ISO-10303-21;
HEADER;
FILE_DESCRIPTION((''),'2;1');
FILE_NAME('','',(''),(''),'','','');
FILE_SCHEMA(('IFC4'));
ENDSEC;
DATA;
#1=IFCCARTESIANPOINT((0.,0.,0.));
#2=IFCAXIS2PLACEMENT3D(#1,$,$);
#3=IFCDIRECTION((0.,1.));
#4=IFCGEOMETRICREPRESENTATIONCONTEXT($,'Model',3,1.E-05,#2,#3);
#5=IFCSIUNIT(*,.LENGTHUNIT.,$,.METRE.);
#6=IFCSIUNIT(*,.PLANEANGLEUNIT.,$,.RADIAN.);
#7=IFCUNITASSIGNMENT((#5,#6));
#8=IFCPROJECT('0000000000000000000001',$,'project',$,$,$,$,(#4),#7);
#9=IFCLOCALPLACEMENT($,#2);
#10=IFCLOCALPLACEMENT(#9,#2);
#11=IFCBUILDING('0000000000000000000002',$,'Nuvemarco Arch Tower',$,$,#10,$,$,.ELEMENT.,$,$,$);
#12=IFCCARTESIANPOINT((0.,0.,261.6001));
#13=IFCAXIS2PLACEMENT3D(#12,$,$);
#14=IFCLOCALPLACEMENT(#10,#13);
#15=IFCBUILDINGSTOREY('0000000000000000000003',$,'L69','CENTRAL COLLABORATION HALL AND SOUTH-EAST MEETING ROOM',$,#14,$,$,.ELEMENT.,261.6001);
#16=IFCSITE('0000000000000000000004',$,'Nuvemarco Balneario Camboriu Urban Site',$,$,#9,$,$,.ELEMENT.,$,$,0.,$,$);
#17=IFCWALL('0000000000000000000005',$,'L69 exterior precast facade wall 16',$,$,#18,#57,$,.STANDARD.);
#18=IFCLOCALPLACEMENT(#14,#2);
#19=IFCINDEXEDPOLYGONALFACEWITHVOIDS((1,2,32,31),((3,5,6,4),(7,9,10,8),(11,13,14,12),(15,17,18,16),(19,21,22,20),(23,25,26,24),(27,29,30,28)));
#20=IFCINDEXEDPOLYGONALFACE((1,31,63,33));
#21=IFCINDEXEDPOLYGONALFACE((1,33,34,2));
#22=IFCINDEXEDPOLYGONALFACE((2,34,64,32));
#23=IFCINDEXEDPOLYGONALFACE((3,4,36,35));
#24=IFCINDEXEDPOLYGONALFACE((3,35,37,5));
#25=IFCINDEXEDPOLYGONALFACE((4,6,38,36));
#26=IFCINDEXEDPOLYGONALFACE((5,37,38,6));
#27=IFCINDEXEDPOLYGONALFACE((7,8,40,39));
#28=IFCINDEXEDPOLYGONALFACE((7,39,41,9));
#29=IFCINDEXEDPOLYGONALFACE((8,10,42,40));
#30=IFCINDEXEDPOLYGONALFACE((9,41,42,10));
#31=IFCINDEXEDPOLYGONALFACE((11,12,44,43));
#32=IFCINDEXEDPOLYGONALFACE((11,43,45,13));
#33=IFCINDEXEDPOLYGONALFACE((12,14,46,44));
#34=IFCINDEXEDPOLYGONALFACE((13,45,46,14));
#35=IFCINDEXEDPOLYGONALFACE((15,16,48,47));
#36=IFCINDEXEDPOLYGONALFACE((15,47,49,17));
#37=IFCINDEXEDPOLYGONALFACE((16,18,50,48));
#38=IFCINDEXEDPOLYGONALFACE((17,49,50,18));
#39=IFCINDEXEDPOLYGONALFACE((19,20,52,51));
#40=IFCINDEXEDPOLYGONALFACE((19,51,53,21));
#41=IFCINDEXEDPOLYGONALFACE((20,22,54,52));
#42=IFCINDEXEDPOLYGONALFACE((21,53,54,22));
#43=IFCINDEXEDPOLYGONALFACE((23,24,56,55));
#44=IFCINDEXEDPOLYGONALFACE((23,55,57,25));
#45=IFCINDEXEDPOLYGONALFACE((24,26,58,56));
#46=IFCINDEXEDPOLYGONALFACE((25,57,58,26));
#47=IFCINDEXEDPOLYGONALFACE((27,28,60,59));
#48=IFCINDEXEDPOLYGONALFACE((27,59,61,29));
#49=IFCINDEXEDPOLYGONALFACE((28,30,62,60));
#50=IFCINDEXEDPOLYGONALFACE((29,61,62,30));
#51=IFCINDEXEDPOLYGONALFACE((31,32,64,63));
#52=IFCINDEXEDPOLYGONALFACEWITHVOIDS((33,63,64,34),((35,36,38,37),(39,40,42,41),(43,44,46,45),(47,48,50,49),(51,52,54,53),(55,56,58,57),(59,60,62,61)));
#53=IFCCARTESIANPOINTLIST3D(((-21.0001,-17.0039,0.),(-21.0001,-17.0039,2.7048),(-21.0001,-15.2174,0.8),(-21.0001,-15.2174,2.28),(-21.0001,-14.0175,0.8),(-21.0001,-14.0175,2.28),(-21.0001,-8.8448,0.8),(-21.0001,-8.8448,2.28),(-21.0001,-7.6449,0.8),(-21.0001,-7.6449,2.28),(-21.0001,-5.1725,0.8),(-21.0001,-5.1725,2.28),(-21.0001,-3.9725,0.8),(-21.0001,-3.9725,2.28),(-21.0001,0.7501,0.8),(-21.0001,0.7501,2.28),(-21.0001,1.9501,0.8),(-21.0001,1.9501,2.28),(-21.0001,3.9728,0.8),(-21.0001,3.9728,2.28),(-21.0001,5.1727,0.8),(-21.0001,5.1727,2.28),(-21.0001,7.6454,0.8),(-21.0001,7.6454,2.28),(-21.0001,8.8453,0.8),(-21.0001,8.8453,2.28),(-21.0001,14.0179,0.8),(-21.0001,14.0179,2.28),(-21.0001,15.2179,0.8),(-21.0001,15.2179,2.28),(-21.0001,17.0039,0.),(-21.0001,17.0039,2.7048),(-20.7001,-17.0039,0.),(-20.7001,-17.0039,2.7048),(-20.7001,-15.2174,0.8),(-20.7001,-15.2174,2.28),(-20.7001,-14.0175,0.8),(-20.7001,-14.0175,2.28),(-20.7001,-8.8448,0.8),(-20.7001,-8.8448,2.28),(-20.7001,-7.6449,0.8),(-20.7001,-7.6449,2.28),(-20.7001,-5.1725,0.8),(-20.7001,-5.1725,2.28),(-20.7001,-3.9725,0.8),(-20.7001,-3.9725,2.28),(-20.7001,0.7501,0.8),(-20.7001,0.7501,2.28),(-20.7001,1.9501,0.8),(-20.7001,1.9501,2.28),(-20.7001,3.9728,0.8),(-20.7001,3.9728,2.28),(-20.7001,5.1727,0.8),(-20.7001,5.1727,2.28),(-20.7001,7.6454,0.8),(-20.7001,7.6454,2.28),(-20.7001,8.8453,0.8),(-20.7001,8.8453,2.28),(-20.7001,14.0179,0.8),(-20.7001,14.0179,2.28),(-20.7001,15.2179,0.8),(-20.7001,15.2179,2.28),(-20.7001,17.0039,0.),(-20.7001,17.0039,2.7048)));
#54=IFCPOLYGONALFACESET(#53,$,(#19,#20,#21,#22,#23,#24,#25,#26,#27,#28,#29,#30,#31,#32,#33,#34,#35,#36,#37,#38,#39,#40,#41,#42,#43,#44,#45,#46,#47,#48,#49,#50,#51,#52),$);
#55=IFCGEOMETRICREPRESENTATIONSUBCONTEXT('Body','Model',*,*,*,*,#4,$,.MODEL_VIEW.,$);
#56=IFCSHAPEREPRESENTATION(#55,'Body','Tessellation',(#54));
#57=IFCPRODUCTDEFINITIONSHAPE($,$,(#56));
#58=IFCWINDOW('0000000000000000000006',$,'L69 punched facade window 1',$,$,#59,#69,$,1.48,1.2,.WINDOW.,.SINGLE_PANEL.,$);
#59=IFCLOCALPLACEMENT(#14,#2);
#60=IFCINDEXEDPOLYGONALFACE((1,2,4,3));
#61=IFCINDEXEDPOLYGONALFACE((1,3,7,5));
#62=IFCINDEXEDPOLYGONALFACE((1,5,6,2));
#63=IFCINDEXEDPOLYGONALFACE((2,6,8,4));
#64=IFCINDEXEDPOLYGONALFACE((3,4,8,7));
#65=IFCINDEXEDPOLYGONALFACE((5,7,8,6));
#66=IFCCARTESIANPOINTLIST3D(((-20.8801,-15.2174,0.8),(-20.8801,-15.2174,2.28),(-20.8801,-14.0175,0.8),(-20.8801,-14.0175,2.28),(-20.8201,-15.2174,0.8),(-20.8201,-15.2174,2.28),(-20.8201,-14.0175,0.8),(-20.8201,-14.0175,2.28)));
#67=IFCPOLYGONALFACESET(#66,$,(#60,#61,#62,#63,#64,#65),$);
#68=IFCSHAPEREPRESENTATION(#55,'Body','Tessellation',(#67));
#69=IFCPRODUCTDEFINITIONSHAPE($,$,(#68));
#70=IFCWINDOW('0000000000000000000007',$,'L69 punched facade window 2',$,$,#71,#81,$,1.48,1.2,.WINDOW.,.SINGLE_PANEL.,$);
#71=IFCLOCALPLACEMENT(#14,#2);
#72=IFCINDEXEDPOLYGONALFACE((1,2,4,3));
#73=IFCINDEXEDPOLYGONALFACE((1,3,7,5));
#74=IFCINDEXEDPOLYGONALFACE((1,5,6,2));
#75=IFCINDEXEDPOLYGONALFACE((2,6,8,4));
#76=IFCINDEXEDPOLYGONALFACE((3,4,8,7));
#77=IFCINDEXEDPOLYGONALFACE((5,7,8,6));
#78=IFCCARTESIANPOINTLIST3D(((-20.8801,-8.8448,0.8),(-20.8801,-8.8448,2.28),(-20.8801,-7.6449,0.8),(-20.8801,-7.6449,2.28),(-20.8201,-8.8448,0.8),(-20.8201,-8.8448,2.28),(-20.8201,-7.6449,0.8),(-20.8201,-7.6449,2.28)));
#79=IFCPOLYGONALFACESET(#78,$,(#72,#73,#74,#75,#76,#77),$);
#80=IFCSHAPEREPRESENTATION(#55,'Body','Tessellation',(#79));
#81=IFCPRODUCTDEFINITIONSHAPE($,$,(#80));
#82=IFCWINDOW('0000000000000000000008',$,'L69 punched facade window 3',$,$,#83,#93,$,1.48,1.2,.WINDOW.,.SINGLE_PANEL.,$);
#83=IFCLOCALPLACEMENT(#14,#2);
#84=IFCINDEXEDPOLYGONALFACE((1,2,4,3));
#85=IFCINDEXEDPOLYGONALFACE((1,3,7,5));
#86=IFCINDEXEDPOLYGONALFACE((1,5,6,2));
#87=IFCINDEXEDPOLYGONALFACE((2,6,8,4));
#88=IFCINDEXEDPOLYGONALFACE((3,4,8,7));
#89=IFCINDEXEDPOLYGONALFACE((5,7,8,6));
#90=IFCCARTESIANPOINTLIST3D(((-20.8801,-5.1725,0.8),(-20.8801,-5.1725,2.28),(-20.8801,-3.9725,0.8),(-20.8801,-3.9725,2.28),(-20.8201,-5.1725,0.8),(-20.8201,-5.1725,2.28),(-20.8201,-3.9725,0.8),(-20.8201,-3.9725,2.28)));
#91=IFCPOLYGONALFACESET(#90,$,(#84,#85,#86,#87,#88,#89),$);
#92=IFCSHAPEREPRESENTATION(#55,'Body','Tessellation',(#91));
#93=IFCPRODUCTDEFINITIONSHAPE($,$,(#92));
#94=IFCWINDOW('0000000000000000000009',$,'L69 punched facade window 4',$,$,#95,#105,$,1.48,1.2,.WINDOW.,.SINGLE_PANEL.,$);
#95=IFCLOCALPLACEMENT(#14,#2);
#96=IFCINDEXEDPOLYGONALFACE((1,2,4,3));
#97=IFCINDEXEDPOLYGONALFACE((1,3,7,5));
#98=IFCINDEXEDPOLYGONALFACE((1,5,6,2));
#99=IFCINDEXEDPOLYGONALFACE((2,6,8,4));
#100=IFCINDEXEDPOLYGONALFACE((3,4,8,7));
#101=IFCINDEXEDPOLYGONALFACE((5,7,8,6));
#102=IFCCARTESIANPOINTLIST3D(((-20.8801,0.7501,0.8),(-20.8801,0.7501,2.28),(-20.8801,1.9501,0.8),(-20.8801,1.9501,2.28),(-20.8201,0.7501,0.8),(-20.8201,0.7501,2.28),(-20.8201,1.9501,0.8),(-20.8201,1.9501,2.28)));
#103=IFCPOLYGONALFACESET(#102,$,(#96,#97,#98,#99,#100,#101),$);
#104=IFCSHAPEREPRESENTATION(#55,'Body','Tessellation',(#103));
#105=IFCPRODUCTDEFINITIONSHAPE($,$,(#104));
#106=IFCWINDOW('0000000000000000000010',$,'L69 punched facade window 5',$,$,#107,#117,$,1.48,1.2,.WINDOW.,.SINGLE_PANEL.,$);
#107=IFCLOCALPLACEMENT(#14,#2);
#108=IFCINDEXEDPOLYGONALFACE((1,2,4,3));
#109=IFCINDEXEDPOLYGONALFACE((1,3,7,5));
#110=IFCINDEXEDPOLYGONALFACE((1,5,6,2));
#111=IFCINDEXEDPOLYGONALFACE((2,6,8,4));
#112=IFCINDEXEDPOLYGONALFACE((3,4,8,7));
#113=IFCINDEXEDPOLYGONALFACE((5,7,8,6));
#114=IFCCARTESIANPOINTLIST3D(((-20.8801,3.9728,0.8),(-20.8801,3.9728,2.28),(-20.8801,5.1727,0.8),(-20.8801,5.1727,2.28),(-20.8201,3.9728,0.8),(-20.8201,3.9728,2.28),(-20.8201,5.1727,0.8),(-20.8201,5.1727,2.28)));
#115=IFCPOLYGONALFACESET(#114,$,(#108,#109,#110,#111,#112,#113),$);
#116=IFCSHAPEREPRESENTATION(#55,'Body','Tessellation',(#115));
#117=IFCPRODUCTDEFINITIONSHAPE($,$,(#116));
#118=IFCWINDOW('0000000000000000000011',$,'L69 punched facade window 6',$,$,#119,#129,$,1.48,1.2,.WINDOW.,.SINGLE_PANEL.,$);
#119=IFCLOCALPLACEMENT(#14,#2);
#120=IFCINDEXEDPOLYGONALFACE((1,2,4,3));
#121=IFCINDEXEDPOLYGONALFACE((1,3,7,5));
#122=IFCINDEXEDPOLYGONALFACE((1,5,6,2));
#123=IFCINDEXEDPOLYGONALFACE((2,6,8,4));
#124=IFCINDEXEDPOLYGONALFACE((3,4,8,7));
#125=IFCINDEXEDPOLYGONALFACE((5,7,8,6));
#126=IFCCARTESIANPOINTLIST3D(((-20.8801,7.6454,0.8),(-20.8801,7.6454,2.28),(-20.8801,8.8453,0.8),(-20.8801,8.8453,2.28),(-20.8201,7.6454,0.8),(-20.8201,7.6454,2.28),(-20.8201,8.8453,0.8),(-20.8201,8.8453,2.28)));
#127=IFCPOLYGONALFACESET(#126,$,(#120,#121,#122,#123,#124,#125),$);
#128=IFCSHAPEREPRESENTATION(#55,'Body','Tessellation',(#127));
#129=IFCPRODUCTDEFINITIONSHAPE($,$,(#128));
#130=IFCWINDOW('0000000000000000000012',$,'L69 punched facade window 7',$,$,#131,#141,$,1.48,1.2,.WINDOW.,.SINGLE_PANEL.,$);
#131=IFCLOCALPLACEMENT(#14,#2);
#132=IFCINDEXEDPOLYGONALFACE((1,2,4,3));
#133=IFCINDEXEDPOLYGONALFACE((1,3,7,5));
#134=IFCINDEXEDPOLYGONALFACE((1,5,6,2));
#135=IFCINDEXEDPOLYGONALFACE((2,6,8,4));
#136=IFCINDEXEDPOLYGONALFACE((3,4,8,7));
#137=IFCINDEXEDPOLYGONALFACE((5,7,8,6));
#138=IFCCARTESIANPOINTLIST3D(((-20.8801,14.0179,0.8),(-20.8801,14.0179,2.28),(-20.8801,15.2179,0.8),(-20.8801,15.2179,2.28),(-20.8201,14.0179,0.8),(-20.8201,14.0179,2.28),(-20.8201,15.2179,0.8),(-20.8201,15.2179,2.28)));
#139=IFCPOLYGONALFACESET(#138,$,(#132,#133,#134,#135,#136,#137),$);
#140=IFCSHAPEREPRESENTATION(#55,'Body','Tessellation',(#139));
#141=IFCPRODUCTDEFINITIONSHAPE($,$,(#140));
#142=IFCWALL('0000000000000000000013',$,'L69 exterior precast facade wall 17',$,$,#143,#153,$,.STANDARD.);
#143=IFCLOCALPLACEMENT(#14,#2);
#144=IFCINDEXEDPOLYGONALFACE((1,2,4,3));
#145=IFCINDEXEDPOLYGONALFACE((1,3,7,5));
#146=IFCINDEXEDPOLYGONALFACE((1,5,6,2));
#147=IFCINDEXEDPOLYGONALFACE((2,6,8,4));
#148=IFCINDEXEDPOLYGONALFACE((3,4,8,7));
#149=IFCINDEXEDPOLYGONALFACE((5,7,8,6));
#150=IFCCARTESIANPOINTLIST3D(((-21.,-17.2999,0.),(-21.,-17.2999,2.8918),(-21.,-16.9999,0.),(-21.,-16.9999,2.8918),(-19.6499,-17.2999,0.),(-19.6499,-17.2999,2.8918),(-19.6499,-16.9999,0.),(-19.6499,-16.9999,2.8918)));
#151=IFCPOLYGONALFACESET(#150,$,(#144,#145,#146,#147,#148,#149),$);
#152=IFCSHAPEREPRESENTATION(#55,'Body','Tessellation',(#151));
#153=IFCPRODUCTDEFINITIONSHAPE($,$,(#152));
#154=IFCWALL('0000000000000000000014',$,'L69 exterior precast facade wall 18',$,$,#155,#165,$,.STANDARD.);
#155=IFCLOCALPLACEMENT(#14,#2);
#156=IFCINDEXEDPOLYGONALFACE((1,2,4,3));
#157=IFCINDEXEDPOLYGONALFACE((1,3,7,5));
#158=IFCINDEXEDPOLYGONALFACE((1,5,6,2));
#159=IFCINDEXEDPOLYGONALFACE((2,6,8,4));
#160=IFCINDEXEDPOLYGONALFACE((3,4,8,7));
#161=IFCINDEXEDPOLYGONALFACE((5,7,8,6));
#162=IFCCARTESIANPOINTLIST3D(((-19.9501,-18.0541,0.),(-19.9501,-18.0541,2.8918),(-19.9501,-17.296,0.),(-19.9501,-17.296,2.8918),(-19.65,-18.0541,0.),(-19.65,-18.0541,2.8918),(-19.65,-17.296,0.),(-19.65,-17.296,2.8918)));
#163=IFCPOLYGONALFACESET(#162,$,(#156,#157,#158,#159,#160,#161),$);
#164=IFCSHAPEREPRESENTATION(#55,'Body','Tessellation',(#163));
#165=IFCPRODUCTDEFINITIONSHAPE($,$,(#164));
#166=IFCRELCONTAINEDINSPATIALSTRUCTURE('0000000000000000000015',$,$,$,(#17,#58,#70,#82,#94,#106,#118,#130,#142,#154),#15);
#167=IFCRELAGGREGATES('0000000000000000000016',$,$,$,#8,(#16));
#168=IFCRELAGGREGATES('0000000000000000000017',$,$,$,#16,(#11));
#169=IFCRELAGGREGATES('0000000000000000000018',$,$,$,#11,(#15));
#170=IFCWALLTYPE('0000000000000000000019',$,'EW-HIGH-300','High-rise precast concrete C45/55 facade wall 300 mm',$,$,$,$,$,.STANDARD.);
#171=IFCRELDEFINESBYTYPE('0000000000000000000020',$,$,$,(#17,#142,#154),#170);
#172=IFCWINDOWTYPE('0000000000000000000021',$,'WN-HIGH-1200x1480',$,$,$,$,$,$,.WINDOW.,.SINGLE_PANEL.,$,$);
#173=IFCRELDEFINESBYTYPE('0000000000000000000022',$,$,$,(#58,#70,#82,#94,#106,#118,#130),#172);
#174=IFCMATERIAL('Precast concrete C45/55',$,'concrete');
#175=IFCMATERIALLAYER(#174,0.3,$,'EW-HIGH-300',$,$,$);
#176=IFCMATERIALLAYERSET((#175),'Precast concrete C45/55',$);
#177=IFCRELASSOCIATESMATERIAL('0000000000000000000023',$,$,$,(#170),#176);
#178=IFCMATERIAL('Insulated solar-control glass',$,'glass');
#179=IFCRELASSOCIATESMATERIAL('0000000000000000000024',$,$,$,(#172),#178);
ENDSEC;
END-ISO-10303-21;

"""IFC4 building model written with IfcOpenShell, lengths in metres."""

from ifc_helpers import new_model, si_unit, direction, frame, frame_2d, origin, place, context, subcontext, project, spatial, rectangle, extrude, source, transform, mapped, material, layer, layer_set, type_object, type_shapes, element, fill, save


model = new_model("IFC4")

# Units and contexts
model_context = context("Model", 3, precision=1e-05, world=origin(), true_north=direction((0.0, 1.0)))
body_context = subcontext(model_context, "Body", "Model", "MODEL_VIEW")
ifc_project = project(units=[si_unit("LENGTHUNIT", "METRE"), si_unit("PLANEANGLEUNIT", "RADIAN")], contexts=[model_context])

# Site, building, storey
site_placement = place(None, origin())
site = spatial("IfcSite", under=ifc_project, at=site_placement, Name="Nuvemarco Balneario Camboriu Urban Site", CompositionType="ELEMENT", RefElevation=0.0)
building_placement = place(site_placement, origin())
building = spatial("IfcBuilding", under=site, at=building_placement, Name="Nuvemarco Arch Tower", CompositionType="ELEMENT")
storey_placement = place(building_placement, frame((0.0, 0.0, 261.6001)))
storey = spatial("IfcBuildingStorey", under=building, at=storey_placement, Name="L69", Description="CENTRAL COLLABORATION HALL AND SOUTH-EAST MEETING ROOM", CompositionType="ELEMENT", Elevation=261.6001)

# Shared definitions
ifc_material_1 = material(Name="Precast concrete C45/55", Category="concrete")

# Shared definitions
ifc_layer = layer(ifc_material_1, 0.3, Name="EW-HIGH-300")
ifc_layer_set = layer_set([ifc_layer], Name="Precast concrete C45/55")
wall_type = type_object("IfcWallType", Name="EW-HIGH-300", Description="High-rise precast concrete C45/55 facade wall 300 mm", PredefinedType="STANDARD", material=ifc_layer_set)
ifc_material_2 = material(Name="Insulated solar-control glass", Category="glass")

# Wall, openings, windows
wall_1_placement = place(storey_placement, frame((-20.8501, -17.0039, 0.0), z_axis=(0.0, 0.0, 1.0), x_axis=(0.0, 1.0, 0.0)))
wall_1 = element("IfcWall", 1, at=wall_1_placement, inside=storey, type_object=wall_type, Name="L69 exterior precast facade wall 16", PredefinedType="STANDARD", context=body_context, shape_type="SweptSolid", body=[
    extrude(rectangle(XDim=34.0078, YDim=0.3, at=frame_2d((17.0039, 0.0))), origin(), (0.0, 0.0, 1.0), 2.7048),
])
opening_1_placement = place(wall_1_placement, frame((1.7864, 0.0, 0.8)))
opening_1 = element("IfcOpeningElement", 2, at=opening_1_placement, cuts=wall_1, PredefinedType="OPENING", context=body_context, shape_type="SweptSolid", body=[
    extrude(rectangle(XDim=1.2, YDim=1.48, at=frame_2d((0.6001, 0.74))), frame((0.0, 0.1599, 0.0), z_axis=(0.0, -1.0, 0.0), x_axis=(1.0, 0.0, 0.0)), (0.0, 0.0, 1.0), 0.3201),
])
opening_2_placement = place(wall_1_placement, frame((8.1589, 0.0, 0.8)))
opening_2 = element("IfcOpeningElement", 3, at=opening_2_placement, cuts=wall_1, PredefinedType="OPENING", context=body_context, shape_type="SweptSolid", body=[
    extrude(rectangle(XDim=1.2, YDim=1.48, at=frame_2d((0.6001, 0.74))), frame((0.0, 0.1599, 0.0), z_axis=(0.0, -1.0, 0.0), x_axis=(1.0, 0.0, 0.0)), (0.0, 0.0, 1.0), 0.3201),
])
opening_3_placement = place(wall_1_placement, frame((11.8313, 0.0, 0.8)))
opening_3 = element("IfcOpeningElement", 4, at=opening_3_placement, cuts=wall_1, PredefinedType="OPENING", context=body_context, shape_type="SweptSolid", body=[
    extrude(rectangle(XDim=1.2, YDim=1.48, at=frame_2d((0.6001, 0.74))), frame((0.0, 0.1599, 0.0), z_axis=(0.0, -1.0, 0.0), x_axis=(1.0, 0.0, 0.0)), (0.0, 0.0, 1.0), 0.3201),
])
opening_4_placement = place(wall_1_placement, frame((17.7539, 0.0, 0.8)))
opening_4 = element("IfcOpeningElement", 5, at=opening_4_placement, cuts=wall_1, PredefinedType="OPENING", context=body_context, shape_type="SweptSolid", body=[
    extrude(rectangle(XDim=1.2, YDim=1.48, at=frame_2d((0.6001, 0.74))), frame((0.0, 0.1599, 0.0), z_axis=(0.0, -1.0, 0.0), x_axis=(1.0, 0.0, 0.0)), (0.0, 0.0, 1.0), 0.3201),
])
opening_5_placement = place(wall_1_placement, frame((20.9766, 0.0, 0.8)))
opening_5 = element("IfcOpeningElement", 6, at=opening_5_placement, cuts=wall_1, PredefinedType="OPENING", context=body_context, shape_type="SweptSolid", body=[
    extrude(rectangle(XDim=1.2, YDim=1.48, at=frame_2d((0.6001, 0.74))), frame((0.0, 0.1599, 0.0), z_axis=(0.0, -1.0, 0.0), x_axis=(1.0, 0.0, 0.0)), (0.0, 0.0, 1.0), 0.3201),
])
opening_6_placement = place(wall_1_placement, frame((24.6492, 0.0, 0.8)))
opening_6 = element("IfcOpeningElement", 7, at=opening_6_placement, cuts=wall_1, PredefinedType="OPENING", context=body_context, shape_type="SweptSolid", body=[
    extrude(rectangle(XDim=1.2, YDim=1.48, at=frame_2d((0.6001, 0.74))), frame((0.0, 0.1599, 0.0), z_axis=(0.0, -1.0, 0.0), x_axis=(1.0, 0.0, 0.0)), (0.0, 0.0, 1.0), 0.3201),
])
opening_7_placement = place(wall_1_placement, frame((31.0217, 0.0, 0.8)))
opening_7 = element("IfcOpeningElement", 8, at=opening_7_placement, cuts=wall_1, PredefinedType="OPENING", context=body_context, shape_type="SweptSolid", body=[
    extrude(rectangle(XDim=1.2, YDim=1.48, at=frame_2d((0.6001, 0.74))), frame((0.0, 0.1599, 0.0), z_axis=(0.0, -1.0, 0.0), x_axis=(1.0, 0.0, 0.0)), (0.0, 0.0, 1.0), 0.3201),
])
window_type_1 = type_object("IfcWindowType", Name="WN-HIGH-1200x1480", PartitioningType="SINGLE_PANEL", PredefinedType="WINDOW", material=ifc_material_2)
shared_shape_1 = source(origin(), body_context, "Body", "SweptSolid", [
    extrude(rectangle(XDim=1.2, YDim=1.48, at=frame_2d((0.6001, 0.74))), frame((0.0, 0.03, 0.0), z_axis=(0.0, -1.0, 0.0), x_axis=(1.0, 0.0, 0.0)), (0.0, 0.0, 1.0), 0.0601),
])
type_shapes(window_type_1, [shared_shape_1])
window_1_placement = place(opening_1_placement, origin())
window_1 = element("IfcWindow", 9, at=window_1_placement, inside=storey, type_object=window_type_1, Name="L69 punched facade window 1", OverallHeight=1.48, OverallWidth=1.2, PartitioningType="SINGLE_PANEL", PredefinedType="WINDOW", context=body_context, shape_type="MappedRepresentation", body=[
    mapped(shared_shape_1, transform((0.0, 0.0, 0.0), scale=1.0)),
])
fill(opening_1, window_1)
window_2_placement = place(opening_2_placement, origin())
window_2 = element("IfcWindow", 10, at=window_2_placement, inside=storey, type_object=window_type_1, Name="L69 punched facade window 2", OverallHeight=1.48, OverallWidth=1.2, PartitioningType="SINGLE_PANEL", PredefinedType="WINDOW", context=body_context, shape_type="MappedRepresentation", body=[
    mapped(shared_shape_1, transform((0.0, 0.0, 0.0), scale=1.0)),
])
fill(opening_2, window_2)
window_3_placement = place(opening_3_placement, origin())
window_3 = element("IfcWindow", 11, at=window_3_placement, inside=storey, type_object=window_type_1, Name="L69 punched facade window 3", OverallHeight=1.48, OverallWidth=1.2, PartitioningType="SINGLE_PANEL", PredefinedType="WINDOW", context=body_context, shape_type="MappedRepresentation", body=[
    mapped(shared_shape_1, transform((0.0, 0.0, 0.0), scale=1.0)),
])
fill(opening_3, window_3)
window_4_placement = place(opening_4_placement, origin())
window_4 = element("IfcWindow", 12, at=window_4_placement, inside=storey, type_object=window_type_1, Name="L69 punched facade window 4", OverallHeight=1.48, OverallWidth=1.2, PartitioningType="SINGLE_PANEL", PredefinedType="WINDOW", context=body_context, shape_type="MappedRepresentation", body=[
    mapped(shared_shape_1, transform((0.0, 0.0, 0.0), scale=1.0)),
])
fill(opening_4, window_4)
window_5_placement = place(opening_5_placement, origin())
window_5 = element("IfcWindow", 13, at=window_5_placement, inside=storey, type_object=window_type_1, Name="L69 punched facade window 5", OverallHeight=1.48, OverallWidth=1.2, PartitioningType="SINGLE_PANEL", PredefinedType="WINDOW", context=body_context, shape_type="MappedRepresentation", body=[
    mapped(shared_shape_1, transform((0.0, 0.0, 0.0), scale=1.0)),
])
fill(opening_5, window_5)
window_6_placement = place(opening_6_placement, origin())
window_6 = element("IfcWindow", 14, at=window_6_placement, inside=storey, type_object=window_type_1, Name="L69 punched facade window 6", OverallHeight=1.48, OverallWidth=1.2, PartitioningType="SINGLE_PANEL", PredefinedType="WINDOW", context=body_context, shape_type="MappedRepresentation", body=[
    mapped(shared_shape_1, transform((0.0, 0.0, 0.0), scale=1.0)),
])
fill(opening_6, window_6)
window_7_placement = place(opening_7_placement, origin())
window_7 = element("IfcWindow", 15, at=window_7_placement, inside=storey, type_object=window_type_1, Name="L69 punched facade window 7", OverallHeight=1.48, OverallWidth=1.2, PartitioningType="SINGLE_PANEL", PredefinedType="WINDOW", context=body_context, shape_type="MappedRepresentation", body=[
    mapped(shared_shape_1, transform((0.0, 0.0, 0.0), scale=1.0)),
])
fill(opening_7, window_7)

# Walls
wall_2_placement = place(storey_placement, frame((-21.0, -17.1499, 0.0), z_axis=(0.0, 0.0, 1.0), x_axis=(1.0, 0.0, 0.0)))
element("IfcWall", 16, at=wall_2_placement, inside=storey, type_object=wall_type, Name="L69 exterior precast facade wall 17", PredefinedType="STANDARD", context=body_context, shape_type="SweptSolid", body=[
    extrude(rectangle(XDim=1.3501, YDim=0.3, at=frame_2d((0.675, 0.0))), origin(), (0.0, 0.0, 1.0), 2.8918),
])
wall_3_placement = place(storey_placement, frame((-19.8, -18.054, 0.0), z_axis=(0.0, 0.0, 1.0), x_axis=(0.0, 1.0, 0.0)))
element("IfcWall", 17, at=wall_3_placement, inside=storey, type_object=wall_type, Name="L69 exterior precast facade wall 18", PredefinedType="STANDARD", context=body_context, shape_type="SweptSolid", body=[
    extrude(rectangle(XDim=0.7581, YDim=0.3, at=frame_2d((0.3789, 0.0))), origin(), (0.0, 0.0, 1.0), 2.8918),
])

save(model, "model.ifc")
